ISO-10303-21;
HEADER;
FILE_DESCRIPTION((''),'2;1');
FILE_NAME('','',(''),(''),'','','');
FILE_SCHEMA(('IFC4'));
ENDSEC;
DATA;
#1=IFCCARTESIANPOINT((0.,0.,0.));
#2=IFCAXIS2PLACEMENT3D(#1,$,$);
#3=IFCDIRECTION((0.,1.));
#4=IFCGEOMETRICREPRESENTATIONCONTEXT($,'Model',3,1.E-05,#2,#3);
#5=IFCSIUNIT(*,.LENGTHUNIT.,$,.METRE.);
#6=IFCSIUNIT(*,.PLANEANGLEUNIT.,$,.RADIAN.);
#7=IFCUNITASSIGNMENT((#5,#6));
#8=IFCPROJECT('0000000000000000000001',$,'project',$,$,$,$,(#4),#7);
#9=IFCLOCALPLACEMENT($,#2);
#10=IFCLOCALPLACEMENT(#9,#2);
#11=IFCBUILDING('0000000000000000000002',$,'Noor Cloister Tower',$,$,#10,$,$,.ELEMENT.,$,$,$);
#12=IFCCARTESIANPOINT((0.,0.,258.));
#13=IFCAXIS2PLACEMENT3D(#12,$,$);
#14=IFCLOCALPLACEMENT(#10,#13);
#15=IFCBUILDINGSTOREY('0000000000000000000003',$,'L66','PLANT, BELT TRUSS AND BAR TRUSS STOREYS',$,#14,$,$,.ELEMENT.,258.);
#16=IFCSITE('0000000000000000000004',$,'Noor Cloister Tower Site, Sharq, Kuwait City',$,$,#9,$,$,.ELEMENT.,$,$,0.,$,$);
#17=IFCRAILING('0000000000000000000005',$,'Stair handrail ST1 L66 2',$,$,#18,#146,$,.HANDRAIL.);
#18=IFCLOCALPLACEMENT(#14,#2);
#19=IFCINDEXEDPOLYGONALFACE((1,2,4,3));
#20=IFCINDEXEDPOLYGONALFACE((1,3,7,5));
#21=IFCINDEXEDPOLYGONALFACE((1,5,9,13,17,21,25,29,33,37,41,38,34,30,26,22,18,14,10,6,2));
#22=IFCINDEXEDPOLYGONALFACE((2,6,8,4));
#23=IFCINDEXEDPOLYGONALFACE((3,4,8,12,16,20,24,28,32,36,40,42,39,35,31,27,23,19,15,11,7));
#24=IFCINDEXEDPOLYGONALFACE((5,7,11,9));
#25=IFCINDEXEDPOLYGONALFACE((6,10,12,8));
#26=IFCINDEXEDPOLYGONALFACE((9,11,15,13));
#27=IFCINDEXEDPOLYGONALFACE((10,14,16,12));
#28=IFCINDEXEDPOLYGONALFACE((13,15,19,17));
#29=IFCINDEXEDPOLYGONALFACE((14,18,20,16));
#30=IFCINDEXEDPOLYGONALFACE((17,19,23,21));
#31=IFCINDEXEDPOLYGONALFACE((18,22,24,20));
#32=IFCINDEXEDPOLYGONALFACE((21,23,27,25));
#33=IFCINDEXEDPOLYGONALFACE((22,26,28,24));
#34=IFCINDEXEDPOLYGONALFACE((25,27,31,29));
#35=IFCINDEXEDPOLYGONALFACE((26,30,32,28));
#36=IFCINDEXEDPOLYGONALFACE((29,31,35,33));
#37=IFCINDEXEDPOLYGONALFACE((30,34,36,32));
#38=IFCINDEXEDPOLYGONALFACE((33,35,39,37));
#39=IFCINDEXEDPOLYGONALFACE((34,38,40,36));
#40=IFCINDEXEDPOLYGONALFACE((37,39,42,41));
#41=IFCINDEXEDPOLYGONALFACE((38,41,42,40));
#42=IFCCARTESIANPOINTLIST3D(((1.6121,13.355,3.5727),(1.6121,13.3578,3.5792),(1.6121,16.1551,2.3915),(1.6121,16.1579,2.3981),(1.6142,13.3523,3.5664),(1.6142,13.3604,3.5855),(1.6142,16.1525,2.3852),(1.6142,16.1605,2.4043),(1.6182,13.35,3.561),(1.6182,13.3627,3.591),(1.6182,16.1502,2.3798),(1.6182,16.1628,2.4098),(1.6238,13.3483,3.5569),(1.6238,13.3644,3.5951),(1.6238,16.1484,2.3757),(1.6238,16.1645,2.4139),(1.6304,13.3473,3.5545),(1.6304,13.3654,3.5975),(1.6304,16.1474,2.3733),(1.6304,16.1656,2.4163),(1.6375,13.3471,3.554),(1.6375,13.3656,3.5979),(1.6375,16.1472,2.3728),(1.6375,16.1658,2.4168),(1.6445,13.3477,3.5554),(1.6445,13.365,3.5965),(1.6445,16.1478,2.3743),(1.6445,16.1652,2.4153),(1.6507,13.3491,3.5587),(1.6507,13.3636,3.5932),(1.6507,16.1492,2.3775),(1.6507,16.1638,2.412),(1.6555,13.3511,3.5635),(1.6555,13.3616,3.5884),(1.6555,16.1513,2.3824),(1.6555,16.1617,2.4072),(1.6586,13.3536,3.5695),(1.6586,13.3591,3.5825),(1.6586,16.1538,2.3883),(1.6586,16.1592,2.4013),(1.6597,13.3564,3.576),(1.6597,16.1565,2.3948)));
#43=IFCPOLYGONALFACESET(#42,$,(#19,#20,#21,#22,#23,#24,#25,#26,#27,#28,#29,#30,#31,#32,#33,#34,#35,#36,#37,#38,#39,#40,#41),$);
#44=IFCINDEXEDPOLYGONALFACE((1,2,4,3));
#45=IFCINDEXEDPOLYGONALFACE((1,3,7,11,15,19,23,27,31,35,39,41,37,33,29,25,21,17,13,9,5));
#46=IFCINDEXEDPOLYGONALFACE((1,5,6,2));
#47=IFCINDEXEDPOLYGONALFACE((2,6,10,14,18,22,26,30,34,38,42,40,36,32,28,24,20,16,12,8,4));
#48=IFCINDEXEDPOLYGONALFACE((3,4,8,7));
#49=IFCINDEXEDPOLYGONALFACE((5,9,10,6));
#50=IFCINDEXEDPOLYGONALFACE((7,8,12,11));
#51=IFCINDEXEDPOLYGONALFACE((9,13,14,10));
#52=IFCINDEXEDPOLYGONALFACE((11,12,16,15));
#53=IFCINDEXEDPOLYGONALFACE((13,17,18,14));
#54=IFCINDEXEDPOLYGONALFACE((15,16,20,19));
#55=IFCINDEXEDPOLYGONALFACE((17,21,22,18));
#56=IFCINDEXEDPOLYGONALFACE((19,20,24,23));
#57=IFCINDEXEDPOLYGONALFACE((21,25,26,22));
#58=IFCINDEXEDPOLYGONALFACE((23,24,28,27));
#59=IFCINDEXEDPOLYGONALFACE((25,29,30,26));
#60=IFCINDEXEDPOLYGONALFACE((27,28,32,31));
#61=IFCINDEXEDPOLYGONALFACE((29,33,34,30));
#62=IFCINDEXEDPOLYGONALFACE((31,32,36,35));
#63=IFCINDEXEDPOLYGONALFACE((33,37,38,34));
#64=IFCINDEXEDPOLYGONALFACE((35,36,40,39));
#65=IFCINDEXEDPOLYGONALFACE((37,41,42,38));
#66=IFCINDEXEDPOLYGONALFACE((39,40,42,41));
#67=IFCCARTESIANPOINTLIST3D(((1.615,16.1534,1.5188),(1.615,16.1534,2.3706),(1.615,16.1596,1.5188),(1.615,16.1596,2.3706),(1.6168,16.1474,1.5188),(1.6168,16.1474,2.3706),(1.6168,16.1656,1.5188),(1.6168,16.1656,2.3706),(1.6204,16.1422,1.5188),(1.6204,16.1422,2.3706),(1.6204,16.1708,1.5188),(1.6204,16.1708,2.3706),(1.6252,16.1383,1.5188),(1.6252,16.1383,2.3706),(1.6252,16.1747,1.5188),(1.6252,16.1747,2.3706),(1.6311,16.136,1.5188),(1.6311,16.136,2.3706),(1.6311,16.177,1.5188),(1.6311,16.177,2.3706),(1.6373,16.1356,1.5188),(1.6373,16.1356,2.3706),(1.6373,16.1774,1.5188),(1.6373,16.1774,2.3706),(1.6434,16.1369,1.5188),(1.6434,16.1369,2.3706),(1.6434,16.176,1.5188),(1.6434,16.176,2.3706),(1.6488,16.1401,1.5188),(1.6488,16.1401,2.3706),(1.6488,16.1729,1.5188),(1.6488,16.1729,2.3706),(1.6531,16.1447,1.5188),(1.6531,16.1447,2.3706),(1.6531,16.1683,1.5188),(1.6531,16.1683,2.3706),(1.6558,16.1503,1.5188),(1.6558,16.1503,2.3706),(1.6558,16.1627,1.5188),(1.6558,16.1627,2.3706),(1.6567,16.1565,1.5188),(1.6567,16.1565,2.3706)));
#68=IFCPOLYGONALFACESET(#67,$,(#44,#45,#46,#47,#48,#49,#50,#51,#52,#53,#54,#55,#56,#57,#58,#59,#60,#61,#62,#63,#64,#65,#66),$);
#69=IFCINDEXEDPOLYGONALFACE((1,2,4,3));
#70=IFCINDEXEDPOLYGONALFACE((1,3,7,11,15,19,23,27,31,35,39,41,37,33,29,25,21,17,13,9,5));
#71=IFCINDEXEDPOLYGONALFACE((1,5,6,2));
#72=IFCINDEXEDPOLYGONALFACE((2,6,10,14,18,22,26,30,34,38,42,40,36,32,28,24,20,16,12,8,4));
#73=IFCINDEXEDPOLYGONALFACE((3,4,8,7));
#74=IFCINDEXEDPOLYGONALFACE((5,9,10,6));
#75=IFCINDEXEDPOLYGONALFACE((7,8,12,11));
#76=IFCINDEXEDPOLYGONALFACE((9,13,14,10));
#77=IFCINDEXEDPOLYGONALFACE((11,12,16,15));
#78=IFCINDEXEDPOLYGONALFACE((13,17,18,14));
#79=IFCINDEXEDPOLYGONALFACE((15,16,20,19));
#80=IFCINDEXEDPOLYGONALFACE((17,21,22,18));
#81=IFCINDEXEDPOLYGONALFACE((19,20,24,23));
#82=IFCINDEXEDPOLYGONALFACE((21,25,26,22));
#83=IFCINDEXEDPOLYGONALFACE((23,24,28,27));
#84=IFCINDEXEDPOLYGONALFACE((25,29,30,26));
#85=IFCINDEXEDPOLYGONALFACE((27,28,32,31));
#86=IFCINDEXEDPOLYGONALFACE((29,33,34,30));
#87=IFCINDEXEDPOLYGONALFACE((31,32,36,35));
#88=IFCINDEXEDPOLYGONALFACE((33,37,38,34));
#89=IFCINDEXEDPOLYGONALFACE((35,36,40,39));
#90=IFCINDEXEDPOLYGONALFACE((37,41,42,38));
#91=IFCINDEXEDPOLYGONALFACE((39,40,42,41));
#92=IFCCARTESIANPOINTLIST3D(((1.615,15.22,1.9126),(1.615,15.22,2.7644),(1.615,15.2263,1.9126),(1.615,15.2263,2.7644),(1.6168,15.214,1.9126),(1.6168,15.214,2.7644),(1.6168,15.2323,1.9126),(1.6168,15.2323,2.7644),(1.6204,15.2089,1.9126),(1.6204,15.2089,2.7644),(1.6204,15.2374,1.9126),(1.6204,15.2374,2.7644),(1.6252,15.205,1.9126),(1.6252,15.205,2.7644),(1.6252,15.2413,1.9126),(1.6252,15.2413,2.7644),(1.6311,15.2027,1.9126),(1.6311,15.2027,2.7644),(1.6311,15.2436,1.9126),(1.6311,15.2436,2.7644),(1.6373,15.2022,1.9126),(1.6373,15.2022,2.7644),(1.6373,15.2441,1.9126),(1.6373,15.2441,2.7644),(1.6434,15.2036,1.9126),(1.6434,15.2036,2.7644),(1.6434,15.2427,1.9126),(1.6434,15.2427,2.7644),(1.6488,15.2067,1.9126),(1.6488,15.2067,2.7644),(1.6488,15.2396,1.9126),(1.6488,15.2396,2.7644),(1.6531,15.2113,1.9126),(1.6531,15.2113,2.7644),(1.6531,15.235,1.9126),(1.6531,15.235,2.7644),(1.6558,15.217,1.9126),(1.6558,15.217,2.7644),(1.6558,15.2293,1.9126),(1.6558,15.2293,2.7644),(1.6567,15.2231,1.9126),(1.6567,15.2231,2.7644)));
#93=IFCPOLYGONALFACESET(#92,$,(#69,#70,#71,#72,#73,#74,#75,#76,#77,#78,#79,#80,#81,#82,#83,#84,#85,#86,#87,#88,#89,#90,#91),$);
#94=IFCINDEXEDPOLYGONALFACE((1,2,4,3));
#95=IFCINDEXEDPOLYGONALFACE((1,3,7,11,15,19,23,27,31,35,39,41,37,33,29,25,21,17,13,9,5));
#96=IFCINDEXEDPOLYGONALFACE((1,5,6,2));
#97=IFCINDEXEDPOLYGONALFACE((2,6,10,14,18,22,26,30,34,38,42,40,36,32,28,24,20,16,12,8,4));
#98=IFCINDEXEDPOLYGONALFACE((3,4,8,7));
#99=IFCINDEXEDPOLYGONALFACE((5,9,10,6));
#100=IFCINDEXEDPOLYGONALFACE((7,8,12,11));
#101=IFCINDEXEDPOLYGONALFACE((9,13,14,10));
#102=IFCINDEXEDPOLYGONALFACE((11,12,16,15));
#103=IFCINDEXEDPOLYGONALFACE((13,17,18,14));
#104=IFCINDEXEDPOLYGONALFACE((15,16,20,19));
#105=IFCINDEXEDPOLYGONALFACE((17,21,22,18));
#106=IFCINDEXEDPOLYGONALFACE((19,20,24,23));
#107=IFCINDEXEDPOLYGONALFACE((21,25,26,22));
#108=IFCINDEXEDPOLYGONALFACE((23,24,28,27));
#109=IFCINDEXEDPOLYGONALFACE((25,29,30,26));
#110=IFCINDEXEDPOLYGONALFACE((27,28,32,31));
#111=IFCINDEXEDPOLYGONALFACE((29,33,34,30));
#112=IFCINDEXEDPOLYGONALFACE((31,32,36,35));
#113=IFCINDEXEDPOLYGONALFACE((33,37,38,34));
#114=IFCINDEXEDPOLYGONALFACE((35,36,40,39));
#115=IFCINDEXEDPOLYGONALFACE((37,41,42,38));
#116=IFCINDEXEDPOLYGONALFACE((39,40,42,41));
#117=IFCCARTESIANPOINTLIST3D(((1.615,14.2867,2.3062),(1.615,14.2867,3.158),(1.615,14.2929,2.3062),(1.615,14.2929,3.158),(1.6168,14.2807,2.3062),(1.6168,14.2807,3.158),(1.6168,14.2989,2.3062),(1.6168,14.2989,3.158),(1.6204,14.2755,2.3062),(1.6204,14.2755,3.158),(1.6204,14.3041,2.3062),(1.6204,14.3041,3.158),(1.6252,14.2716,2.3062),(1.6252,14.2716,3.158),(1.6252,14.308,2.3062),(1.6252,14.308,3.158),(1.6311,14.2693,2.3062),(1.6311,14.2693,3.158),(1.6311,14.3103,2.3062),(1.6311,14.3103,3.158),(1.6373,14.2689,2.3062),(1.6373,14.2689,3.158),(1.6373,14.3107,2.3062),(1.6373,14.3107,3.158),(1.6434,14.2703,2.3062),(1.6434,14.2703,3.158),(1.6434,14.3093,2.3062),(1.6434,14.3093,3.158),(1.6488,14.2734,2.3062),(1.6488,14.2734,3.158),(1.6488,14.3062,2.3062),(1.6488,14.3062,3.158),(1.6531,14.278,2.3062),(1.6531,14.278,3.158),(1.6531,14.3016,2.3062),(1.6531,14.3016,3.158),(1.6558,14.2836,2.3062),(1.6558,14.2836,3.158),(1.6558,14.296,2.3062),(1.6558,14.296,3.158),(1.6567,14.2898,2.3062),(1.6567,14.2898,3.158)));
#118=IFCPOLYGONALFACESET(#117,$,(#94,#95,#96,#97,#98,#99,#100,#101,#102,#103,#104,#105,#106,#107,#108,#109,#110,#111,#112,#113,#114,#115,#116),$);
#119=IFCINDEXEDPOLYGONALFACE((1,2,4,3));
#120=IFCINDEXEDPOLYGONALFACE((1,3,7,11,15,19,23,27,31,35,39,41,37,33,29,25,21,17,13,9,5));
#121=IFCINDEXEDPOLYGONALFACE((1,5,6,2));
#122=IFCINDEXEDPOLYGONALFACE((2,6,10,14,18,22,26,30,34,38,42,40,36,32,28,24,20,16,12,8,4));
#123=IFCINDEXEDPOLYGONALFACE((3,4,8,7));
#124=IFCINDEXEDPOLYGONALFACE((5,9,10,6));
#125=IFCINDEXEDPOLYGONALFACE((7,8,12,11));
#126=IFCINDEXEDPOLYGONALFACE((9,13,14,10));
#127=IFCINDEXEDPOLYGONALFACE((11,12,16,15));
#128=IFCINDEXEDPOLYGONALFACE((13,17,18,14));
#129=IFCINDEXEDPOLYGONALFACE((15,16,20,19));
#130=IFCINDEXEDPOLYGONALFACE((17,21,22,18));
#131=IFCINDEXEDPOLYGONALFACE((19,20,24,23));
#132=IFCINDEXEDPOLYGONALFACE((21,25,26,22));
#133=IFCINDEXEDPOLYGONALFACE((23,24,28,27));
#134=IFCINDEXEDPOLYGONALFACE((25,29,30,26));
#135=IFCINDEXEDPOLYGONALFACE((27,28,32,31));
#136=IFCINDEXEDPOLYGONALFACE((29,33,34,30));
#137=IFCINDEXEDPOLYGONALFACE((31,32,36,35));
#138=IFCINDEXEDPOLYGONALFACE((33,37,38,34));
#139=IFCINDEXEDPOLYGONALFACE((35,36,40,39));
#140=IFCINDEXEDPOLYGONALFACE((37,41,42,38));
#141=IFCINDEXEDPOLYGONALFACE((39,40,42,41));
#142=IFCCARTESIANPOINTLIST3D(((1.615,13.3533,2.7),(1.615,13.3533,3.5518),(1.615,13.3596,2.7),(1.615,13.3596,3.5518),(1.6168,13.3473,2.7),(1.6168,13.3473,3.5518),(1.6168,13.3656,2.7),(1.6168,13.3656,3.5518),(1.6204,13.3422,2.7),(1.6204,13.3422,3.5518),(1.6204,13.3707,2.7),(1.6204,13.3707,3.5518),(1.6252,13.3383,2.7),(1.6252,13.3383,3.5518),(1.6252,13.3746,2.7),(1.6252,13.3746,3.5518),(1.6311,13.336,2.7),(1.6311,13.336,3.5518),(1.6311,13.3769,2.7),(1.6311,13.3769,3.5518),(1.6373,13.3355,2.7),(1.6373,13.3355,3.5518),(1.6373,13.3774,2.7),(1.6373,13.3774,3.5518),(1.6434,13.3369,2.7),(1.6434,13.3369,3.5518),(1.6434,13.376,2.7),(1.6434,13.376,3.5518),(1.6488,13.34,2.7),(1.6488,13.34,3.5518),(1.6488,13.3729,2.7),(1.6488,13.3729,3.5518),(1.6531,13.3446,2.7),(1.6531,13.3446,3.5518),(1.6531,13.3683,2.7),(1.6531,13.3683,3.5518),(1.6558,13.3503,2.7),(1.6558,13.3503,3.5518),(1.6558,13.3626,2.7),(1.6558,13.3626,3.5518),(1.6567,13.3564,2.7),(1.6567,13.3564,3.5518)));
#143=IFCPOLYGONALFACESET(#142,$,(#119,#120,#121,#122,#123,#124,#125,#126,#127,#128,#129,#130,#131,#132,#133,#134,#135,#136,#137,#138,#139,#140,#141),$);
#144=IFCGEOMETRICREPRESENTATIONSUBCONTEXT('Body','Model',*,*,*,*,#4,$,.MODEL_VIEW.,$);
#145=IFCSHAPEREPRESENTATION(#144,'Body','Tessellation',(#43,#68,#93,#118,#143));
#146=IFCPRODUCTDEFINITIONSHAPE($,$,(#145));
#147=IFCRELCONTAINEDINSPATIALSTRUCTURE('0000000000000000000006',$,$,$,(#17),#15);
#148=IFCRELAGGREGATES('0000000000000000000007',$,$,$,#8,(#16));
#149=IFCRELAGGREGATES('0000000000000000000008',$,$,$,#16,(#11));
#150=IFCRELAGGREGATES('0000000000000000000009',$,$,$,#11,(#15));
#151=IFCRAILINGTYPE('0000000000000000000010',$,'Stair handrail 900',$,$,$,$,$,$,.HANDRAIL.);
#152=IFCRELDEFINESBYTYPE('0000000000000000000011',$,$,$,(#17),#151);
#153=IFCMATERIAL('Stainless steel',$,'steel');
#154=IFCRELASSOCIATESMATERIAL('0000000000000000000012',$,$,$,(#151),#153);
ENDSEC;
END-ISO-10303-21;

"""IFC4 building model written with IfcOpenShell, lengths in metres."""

from ifc_helpers import new_model, si_unit, direction, frame, origin, origin_2d, place, context, subcontext, project, spatial, circle, extrude, material, type_object, element, save


model = new_model("IFC4")

# Units and contexts
model_context = context("Model", 3, precision=1e-05, world=origin(), true_north=direction((0.0, 1.0)))
body_context = subcontext(model_context, "Body", "Model", "MODEL_VIEW")
ifc_project = project(units=[si_unit("LENGTHUNIT", "METRE"), si_unit("PLANEANGLEUNIT", "RADIAN")], contexts=[model_context])

# Site, building, storey
site_placement = place(None, origin())
site = spatial("IfcSite", under=ifc_project, at=site_placement, Name="Noor Cloister Tower Site, Sharq, Kuwait City", CompositionType="ELEMENT", RefElevation=0.0)
building_placement = place(site_placement, origin())
building = spatial("IfcBuilding", under=site, at=building_placement, Name="Noor Cloister Tower", CompositionType="ELEMENT")
storey_placement = place(building_placement, frame((0.0, 0.0, 258.0)))
storey = spatial("IfcBuildingStorey", under=building, at=storey_placement, Name="L66", Description="PLANT, BELT TRUSS AND BAR TRUSS STOREYS", CompositionType="ELEMENT", Elevation=258.0)

# Railing
ifc_material_1 = material(Name="Stainless steel", Category="steel")
railing_type_1 = type_object("IfcRailingType", Name="Stair handrail 900", PredefinedType="HANDRAIL", material=ifc_material_1)
railing_1_placement = place(storey_placement, frame((1.6357, 16.1565, 1.5188)))
element("IfcRailing", 1, at=railing_1_placement, inside=storey, type_object=railing_type_1, Name="Stair handrail ST1 L66 2", PredefinedType="HANDRAIL", context=body_context, shape_type="SweptSolid", body=[
    extrude(circle(Radius=0.0239, at=origin_2d()), frame((0.0, 0.0, 0.876), z_axis=(0.0, -0.921378, 0.388667), x_axis=(1.0, 0.0, 0.0)), (0.0, 0.0, 1.0), 3.0391),
    extrude(circle(Radius=0.021, at=origin_2d()), origin(), (0.0, 0.0, 1.0), 0.8518),
    extrude(circle(Radius=0.021, at=origin_2d()), frame((0.0, -0.9333, 0.3938)), (0.0, 0.0, 1.0), 0.8518),
    extrude(circle(Radius=0.021, at=origin_2d()), frame((0.0, -1.8667, 0.7874)), (0.0, 0.0, 1.0), 0.8518),
    extrude(circle(Radius=0.021, at=origin_2d()), frame((0.0, -2.8, 1.1812)), (0.0, 0.0, 1.0), 0.8518),
])

save(model, "model.ifc")
